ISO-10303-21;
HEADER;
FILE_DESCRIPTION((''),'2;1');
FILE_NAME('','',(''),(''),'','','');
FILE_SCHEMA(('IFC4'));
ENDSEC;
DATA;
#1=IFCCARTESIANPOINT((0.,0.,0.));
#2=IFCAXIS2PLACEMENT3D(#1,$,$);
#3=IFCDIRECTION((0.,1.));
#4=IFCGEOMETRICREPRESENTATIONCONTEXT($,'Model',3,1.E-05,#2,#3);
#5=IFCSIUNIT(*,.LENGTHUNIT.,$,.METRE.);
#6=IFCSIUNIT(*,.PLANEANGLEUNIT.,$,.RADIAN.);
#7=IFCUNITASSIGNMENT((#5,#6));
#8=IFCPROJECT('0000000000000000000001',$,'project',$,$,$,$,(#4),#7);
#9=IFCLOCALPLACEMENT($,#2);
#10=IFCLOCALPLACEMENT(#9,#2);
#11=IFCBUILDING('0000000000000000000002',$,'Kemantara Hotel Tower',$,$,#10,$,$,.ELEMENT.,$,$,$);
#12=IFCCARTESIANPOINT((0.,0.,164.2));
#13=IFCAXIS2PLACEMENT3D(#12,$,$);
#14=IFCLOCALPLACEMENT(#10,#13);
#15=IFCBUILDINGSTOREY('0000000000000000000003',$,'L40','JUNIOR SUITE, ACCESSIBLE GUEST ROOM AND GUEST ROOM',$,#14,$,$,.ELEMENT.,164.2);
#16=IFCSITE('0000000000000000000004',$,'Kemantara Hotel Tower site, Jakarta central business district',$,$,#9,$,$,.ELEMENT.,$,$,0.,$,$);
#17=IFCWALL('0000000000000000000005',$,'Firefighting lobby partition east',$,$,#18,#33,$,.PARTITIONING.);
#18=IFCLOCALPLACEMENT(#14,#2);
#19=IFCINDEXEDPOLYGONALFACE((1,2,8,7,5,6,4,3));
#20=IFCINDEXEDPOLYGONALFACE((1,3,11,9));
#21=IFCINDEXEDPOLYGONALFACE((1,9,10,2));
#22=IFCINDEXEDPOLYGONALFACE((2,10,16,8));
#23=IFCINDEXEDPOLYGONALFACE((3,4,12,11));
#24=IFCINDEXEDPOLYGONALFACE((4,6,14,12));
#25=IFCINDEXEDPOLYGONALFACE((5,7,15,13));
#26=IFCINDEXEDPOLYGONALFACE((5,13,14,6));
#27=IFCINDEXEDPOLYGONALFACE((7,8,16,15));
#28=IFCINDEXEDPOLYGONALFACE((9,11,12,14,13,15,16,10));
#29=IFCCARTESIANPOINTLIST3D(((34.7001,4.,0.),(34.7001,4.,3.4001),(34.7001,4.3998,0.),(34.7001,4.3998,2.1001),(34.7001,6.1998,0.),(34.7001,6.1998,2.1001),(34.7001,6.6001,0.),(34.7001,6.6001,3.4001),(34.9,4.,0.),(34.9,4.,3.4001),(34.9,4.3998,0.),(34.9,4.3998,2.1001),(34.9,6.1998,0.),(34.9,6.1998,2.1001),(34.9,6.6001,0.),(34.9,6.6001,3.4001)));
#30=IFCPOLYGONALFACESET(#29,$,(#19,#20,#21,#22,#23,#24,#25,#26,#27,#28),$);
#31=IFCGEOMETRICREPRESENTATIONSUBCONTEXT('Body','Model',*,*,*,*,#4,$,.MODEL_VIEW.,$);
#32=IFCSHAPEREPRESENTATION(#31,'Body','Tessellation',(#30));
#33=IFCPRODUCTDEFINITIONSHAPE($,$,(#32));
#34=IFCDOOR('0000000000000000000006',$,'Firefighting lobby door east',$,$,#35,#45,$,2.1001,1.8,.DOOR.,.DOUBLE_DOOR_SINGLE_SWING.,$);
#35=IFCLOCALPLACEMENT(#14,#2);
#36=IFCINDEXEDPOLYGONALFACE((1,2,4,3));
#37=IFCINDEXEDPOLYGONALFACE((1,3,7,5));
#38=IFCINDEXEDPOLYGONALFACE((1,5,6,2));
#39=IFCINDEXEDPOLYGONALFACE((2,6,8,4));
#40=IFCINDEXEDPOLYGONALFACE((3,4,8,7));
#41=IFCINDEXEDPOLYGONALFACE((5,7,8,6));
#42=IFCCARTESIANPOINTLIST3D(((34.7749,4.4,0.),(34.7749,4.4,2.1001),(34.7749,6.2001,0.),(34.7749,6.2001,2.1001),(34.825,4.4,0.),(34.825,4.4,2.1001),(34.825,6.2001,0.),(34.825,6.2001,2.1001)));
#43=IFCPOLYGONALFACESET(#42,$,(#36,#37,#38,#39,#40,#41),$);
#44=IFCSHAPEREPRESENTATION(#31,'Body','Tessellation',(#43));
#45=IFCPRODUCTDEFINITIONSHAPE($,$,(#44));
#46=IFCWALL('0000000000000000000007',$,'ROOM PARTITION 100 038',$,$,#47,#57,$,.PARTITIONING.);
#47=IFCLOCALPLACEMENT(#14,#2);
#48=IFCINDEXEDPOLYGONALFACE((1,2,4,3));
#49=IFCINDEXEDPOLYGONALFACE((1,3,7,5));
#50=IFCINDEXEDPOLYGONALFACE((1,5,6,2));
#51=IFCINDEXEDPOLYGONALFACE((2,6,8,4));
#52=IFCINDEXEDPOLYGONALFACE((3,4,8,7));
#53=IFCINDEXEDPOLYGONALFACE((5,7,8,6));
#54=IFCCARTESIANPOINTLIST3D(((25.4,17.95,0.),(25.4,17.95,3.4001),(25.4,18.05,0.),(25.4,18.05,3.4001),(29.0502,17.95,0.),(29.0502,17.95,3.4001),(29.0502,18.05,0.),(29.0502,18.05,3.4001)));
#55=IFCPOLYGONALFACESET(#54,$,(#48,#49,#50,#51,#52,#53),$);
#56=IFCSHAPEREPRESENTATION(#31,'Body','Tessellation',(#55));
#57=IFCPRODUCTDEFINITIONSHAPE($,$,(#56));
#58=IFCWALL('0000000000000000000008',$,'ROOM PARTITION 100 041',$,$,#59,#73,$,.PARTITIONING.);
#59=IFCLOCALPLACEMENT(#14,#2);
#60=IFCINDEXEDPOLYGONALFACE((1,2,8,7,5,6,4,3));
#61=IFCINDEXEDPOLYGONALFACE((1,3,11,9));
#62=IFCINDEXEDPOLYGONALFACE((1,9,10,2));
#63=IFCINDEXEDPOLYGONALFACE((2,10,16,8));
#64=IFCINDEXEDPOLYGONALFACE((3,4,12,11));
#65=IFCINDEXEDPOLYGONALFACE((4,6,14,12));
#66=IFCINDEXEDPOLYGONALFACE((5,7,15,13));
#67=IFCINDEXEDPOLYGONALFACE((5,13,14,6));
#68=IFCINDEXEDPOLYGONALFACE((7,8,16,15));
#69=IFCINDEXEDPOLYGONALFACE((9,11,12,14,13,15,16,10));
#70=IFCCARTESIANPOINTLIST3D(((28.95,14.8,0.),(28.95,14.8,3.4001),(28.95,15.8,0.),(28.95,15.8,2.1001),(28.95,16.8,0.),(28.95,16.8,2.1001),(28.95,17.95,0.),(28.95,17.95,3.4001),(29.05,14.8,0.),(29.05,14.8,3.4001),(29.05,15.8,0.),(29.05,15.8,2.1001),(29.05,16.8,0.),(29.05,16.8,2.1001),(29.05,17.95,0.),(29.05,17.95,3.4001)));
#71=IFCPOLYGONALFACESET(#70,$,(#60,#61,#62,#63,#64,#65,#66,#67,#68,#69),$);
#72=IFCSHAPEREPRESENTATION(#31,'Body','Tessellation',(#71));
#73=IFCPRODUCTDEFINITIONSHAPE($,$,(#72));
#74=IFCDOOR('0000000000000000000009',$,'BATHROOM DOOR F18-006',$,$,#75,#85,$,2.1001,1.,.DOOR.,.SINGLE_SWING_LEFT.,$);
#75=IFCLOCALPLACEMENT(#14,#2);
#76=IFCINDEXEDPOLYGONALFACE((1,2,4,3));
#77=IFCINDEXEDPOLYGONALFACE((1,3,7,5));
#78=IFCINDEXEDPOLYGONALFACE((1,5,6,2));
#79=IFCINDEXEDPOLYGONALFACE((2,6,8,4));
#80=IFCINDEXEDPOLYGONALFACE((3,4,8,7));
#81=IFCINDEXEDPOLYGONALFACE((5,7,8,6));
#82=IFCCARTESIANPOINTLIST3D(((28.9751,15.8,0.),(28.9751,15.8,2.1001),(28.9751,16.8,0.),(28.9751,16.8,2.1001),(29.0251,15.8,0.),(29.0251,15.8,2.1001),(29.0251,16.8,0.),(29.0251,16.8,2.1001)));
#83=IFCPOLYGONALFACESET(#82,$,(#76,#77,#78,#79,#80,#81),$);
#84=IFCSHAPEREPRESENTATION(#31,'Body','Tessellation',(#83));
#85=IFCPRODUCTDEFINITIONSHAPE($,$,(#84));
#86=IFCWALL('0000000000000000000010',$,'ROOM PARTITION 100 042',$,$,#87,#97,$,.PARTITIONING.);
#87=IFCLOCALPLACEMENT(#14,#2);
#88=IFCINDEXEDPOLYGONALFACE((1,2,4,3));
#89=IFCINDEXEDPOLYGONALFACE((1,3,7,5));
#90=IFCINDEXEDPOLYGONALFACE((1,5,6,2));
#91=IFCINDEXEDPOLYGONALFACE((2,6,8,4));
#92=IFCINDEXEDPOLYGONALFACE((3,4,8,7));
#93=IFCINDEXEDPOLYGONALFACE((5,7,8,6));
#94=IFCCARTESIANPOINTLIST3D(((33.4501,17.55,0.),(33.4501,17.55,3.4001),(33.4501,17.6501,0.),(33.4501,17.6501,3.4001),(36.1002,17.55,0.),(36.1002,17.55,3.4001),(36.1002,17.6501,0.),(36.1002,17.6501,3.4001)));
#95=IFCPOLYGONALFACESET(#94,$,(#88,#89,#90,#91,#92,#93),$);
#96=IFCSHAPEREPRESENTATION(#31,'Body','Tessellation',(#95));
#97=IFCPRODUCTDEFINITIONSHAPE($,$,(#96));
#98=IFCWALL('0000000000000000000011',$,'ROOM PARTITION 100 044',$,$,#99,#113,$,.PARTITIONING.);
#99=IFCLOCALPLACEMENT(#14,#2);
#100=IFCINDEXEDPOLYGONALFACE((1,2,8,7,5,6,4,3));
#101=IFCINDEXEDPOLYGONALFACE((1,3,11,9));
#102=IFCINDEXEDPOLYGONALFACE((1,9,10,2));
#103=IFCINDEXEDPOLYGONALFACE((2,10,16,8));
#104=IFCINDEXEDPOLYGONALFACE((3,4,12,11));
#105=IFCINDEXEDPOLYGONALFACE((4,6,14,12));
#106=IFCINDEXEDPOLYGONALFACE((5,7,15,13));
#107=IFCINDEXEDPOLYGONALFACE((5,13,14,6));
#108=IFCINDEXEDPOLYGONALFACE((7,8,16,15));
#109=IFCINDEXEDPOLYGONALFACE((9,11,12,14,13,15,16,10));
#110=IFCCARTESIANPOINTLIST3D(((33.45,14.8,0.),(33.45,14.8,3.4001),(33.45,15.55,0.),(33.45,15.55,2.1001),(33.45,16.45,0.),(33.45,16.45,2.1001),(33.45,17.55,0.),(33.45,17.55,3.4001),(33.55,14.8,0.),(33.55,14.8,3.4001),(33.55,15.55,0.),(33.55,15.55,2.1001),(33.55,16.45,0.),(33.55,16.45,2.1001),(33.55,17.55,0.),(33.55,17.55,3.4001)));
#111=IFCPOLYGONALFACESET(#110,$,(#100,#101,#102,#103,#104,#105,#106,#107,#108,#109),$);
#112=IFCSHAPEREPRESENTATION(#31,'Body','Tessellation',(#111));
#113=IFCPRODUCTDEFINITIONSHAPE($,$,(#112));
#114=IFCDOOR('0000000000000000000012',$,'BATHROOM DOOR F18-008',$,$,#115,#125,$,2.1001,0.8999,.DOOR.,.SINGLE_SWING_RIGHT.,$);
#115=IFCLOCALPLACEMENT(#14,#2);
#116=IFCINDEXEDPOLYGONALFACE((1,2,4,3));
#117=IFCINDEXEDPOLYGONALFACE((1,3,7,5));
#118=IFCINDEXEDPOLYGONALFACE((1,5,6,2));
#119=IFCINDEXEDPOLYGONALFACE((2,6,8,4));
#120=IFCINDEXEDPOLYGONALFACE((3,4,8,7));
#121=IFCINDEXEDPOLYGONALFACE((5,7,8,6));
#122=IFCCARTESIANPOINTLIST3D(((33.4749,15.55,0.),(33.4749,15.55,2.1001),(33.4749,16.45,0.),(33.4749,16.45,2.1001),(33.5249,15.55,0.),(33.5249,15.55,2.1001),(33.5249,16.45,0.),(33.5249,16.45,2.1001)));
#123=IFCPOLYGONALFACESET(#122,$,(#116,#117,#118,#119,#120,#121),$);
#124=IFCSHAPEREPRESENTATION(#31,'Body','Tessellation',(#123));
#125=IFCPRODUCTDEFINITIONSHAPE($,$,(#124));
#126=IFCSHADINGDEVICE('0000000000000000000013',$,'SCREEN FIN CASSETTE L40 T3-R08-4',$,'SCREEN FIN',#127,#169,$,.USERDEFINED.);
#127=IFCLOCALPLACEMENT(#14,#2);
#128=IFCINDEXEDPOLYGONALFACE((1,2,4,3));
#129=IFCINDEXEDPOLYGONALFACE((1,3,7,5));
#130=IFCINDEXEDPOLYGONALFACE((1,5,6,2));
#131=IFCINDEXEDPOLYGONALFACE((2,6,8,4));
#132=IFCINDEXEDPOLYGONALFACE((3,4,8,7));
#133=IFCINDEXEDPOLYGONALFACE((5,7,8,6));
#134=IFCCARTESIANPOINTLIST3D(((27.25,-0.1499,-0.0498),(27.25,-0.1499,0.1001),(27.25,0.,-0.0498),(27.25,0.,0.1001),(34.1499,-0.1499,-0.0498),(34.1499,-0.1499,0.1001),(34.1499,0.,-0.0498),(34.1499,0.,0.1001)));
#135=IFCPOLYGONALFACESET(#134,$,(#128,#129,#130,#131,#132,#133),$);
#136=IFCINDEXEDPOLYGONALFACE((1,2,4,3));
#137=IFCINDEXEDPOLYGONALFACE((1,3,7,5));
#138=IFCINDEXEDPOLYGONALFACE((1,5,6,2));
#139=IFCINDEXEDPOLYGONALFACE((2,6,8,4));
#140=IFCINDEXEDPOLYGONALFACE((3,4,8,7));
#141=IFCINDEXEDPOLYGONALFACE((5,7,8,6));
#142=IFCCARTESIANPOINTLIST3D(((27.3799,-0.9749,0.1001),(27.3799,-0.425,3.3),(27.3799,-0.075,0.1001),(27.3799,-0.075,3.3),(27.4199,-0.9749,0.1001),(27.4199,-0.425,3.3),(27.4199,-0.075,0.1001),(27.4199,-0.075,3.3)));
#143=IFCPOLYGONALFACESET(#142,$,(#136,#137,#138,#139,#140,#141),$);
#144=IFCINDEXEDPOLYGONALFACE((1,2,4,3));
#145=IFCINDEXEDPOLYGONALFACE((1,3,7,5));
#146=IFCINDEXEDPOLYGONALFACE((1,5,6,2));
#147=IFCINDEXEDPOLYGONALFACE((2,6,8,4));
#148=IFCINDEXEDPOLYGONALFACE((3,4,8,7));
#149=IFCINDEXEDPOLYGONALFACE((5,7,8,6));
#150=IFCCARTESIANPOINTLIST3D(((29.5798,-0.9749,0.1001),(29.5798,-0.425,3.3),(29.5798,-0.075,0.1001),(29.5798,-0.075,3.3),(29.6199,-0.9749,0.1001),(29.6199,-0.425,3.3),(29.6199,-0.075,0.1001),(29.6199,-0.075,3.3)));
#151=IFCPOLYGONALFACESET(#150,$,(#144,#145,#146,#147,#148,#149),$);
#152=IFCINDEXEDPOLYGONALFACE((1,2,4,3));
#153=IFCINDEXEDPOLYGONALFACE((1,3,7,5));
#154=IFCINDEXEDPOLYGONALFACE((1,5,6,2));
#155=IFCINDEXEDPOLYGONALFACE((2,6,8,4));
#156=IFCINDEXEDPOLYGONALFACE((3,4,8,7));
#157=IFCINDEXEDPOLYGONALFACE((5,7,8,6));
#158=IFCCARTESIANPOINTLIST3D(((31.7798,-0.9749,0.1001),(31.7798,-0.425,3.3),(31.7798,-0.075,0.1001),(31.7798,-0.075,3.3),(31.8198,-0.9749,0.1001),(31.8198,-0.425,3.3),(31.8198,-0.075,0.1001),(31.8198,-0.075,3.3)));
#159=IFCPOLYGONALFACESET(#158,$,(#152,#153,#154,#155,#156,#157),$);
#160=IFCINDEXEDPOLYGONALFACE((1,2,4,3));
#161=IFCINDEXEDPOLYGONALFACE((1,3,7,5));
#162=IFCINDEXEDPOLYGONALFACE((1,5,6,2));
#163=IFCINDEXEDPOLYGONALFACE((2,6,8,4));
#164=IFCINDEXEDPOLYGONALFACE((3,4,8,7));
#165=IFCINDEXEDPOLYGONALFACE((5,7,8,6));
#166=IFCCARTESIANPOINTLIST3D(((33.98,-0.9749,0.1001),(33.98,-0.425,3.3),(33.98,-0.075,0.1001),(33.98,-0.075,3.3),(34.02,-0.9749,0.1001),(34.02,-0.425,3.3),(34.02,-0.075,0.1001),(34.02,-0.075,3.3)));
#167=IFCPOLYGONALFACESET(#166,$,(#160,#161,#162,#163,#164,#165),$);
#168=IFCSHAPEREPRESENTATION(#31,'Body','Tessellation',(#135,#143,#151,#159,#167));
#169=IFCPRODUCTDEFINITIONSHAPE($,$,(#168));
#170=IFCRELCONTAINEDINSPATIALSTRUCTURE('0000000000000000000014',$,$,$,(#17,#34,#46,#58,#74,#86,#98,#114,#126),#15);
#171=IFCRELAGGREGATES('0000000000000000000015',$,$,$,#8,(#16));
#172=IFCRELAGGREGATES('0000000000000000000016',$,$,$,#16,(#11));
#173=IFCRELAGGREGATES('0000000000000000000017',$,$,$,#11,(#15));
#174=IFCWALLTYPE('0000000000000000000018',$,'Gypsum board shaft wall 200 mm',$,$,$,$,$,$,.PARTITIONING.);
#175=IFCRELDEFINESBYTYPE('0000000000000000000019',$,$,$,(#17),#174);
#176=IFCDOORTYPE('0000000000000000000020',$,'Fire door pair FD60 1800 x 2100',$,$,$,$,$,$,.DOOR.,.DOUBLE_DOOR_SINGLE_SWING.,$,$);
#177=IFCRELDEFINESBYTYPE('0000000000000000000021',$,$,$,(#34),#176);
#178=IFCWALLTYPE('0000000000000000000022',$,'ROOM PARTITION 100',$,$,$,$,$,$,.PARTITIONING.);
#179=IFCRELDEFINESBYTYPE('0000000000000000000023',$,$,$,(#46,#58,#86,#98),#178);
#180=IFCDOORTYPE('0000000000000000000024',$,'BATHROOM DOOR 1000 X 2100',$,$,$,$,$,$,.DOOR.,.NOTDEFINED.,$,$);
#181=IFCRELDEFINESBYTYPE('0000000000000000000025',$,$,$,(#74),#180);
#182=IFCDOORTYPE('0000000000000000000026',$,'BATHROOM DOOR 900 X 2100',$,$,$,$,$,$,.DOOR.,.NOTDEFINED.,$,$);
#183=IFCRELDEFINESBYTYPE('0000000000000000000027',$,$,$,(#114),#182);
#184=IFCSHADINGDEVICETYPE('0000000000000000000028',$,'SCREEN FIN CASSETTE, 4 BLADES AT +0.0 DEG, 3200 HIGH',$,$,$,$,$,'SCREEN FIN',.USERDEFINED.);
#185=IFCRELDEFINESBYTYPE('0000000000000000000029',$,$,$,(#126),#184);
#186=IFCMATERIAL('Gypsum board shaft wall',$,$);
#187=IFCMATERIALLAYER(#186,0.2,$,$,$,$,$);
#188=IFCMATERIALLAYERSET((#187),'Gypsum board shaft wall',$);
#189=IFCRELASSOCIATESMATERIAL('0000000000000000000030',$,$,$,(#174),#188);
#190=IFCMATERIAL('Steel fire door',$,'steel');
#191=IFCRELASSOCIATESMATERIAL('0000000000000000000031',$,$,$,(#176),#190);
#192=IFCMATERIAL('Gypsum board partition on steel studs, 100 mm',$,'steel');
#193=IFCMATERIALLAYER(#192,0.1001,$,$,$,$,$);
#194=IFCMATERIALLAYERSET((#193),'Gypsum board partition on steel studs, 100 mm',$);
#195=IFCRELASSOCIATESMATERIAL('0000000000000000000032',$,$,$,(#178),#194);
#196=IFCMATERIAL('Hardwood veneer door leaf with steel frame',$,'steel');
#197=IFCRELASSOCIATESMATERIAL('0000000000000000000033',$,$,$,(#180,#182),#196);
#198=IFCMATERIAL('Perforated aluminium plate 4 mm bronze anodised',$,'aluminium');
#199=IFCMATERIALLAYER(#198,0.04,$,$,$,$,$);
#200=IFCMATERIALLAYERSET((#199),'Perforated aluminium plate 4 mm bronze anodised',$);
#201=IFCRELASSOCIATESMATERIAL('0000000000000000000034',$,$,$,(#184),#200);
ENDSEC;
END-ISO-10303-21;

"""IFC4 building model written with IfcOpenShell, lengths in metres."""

from ifc_helpers import new_model, si_unit, direction, frame, frame_2d, origin, origin_2d, place, context, subcontext, project, spatial, polyline, rectangle, outline, extrude, source, transform, mapped, material, layer, layer_set, type_object, element, fill, save


model = new_model("IFC4")

# Units and contexts
model_context = context("Model", 3, precision=1e-05, world=origin(), true_north=direction((0.0, 1.0)))
body_context = subcontext(model_context, "Body", "Model", "MODEL_VIEW")
ifc_project = project(units=[si_unit("LENGTHUNIT", "METRE"), si_unit("PLANEANGLEUNIT", "RADIAN")], contexts=[model_context])

# Site, building, storey
site_placement = place(None, origin())
site = spatial("IfcSite", under=ifc_project, at=site_placement, Name="Kemantara Hotel Tower site, Jakarta central business district", CompositionType="ELEMENT", RefElevation=0.0)
building_placement = place(site_placement, origin())
building = spatial("IfcBuilding", under=site, at=building_placement, Name="Kemantara Hotel Tower", CompositionType="ELEMENT")
storey_placement = place(building_placement, frame((0.0, 0.0, 164.2)))
storey = spatial("IfcBuildingStorey", under=building, at=storey_placement, Name="L40", Description="JUNIOR SUITE, ACCESSIBLE GUEST ROOM AND GUEST ROOM", CompositionType="ELEMENT", Elevation=164.2)

# Shared definitions
ifc_material_1 = material(Name="Steel fire door", Category="steel")
ifc_material_2 = material(Name="Hardwood veneer door leaf with steel frame", Category="steel")

# Wall, opening, door
ifc_material_3 = material(Name="Gypsum board shaft wall")
ifc_layer_1 = layer(ifc_material_3, 0.2)
ifc_layer_set_1 = layer_set([ifc_layer_1], Name="Gypsum board shaft wall")
wall_type_1 = type_object("IfcWallType", Name="Gypsum board shaft wall 200 mm", PredefinedType="PARTITIONING", material=ifc_layer_set_1)
wall_1_placement = place(storey_placement, frame((34.8, 4.0, 0.0), z_axis=(0.0, 0.0, 1.0), x_axis=(0.0, 1.0, 0.0)))
wall_1 = element("IfcWall", 1, at=wall_1_placement, inside=storey, type_object=wall_type_1, Name="Firefighting lobby partition east", PredefinedType="PARTITIONING", context=body_context, shape_type="SweptSolid", body=[
    extrude(rectangle(XDim=2.6001, YDim=0.2, at=frame_2d((1.3, 0.0))), origin(), (0.0, 0.0, 1.0), 3.4001),
])
opening_1_placement = place(wall_1_placement, frame((0.3999, 0.0, 0.0)))
opening_1 = element("IfcOpeningElement", 2, at=opening_1_placement, cuts=wall_1, PredefinedType="OPENING", context=body_context, shape_type="SweptSolid", body=[
    extrude(rectangle(XDim=1.8, YDim=2.1001, at=frame_2d((0.8999, 1.05))), frame((0.0, 0.1099, 0.0), z_axis=(0.0, -1.0, 0.0), x_axis=(1.0, 0.0, 0.0)), (0.0, 0.0, 1.0), 0.22),
])
door_type_1 = type_object("IfcDoorType", Name="Fire door pair FD60 1800 x 2100", OperationType="DOUBLE_DOOR_SINGLE_SWING", PredefinedType="DOOR", material=ifc_material_1)
door_1_placement = place(opening_1_placement, frame((1.8, 0.0, 0.0), z_axis=(0.0, 0.0, 1.0), x_axis=(-1.0, 0.0, 0.0)))
door_1 = element("IfcDoor", 3, at=door_1_placement, inside=storey, type_object=door_type_1, Name="Firefighting lobby door east", OperationType="DOUBLE_DOOR_SINGLE_SWING", OverallHeight=2.1001, OverallWidth=1.8, PredefinedType="DOOR", context=body_context, shape_type="SweptSolid", body=[
    extrude(rectangle(XDim=1.8, YDim=2.1001, at=frame_2d((0.8999, 1.05))), frame((0.0, 0.0249, 0.0), z_axis=(0.0, -1.0, 0.0), x_axis=(1.0, 0.0, 0.0)), (0.0, 0.0, 1.0), 0.05),
])
fill(opening_1, door_1)

# Wall
ifc_material_4 = material(Name="Gypsum board partition on steel studs, 100 mm", Category="steel")
ifc_layer_2 = layer(ifc_material_4, 0.1001)
ifc_layer_set_2 = layer_set([ifc_layer_2], Name="Gypsum board partition on steel studs, 100 mm")
wall_type_2 = type_object("IfcWallType", Name="ROOM PARTITION 100", PredefinedType="PARTITIONING", material=ifc_layer_set_2)
wall_2_placement = place(storey_placement, frame((25.3999, 18.0, 0.0), z_axis=(0.0, 0.0, 1.0), x_axis=(1.0, 0.0, 0.0)))
element("IfcWall", 4, at=wall_2_placement, inside=storey, type_object=wall_type_2, Name="ROOM PARTITION 100 038", PredefinedType="PARTITIONING", context=body_context, shape_type="SweptSolid", body=[
    extrude(rectangle(XDim=3.6501, YDim=0.1001, at=frame_2d((1.8252, 0.0))), origin(), (0.0, 0.0, 1.0), 3.4001),
])

# Wall, opening, door
wall_3_placement = place(storey_placement, frame((29.0, 14.8, 0.0), z_axis=(0.0, 0.0, 1.0), x_axis=(0.0, 1.0, 0.0)))
wall_3 = element("IfcWall", 5, at=wall_3_placement, inside=storey, type_object=wall_type_2, Name="ROOM PARTITION 100 041", PredefinedType="PARTITIONING", context=body_context, shape_type="SweptSolid", body=[
    extrude(rectangle(XDim=3.1499, YDim=0.1001, at=frame_2d((1.575, 0.0))), origin(), (0.0, 0.0, 1.0), 3.4001),
])
opening_2_placement = place(wall_3_placement, frame((1.0, 0.0, 0.0)))
opening_2 = element("IfcOpeningElement", 6, at=opening_2_placement, cuts=wall_3, PredefinedType="OPENING", context=body_context, shape_type="SweptSolid", body=[
    extrude(rectangle(XDim=1.0, YDim=2.1001, at=frame_2d((0.5, 1.05))), frame((0.0, 0.0601, 0.0), z_axis=(0.0, -1.0, 0.0), x_axis=(1.0, 0.0, 0.0)), (0.0, 0.0, 1.0), 0.1201),
])
door_type_2 = type_object("IfcDoorType", Name="BATHROOM DOOR 1000 X 2100", OperationType="NOTDEFINED", PredefinedType="DOOR", material=ifc_material_2)
door_2_placement = place(opening_2_placement, origin())
door_2 = element("IfcDoor", 7, at=door_2_placement, inside=storey, type_object=door_type_2, Name="BATHROOM DOOR F18-006", OperationType="SINGLE_SWING_LEFT", OverallHeight=2.1001, OverallWidth=1.0, PredefinedType="DOOR", context=body_context, shape_type="SweptSolid", body=[
    extrude(rectangle(XDim=1.0, YDim=2.1001, at=frame_2d((0.5, 1.05))), frame((0.0, 0.0249, 0.0), z_axis=(0.0, -1.0, 0.0), x_axis=(1.0, 0.0, 0.0)), (0.0, 0.0, 1.0), 0.05),
])
fill(opening_2, door_2)

# Wall
wall_4_placement = place(storey_placement, frame((33.45, 17.6001, 0.0), z_axis=(0.0, 0.0, 1.0), x_axis=(1.0, 0.0, 0.0)))
element("IfcWall", 8, at=wall_4_placement, inside=storey, type_object=wall_type_2, Name="ROOM PARTITION 100 042", PredefinedType="PARTITIONING", context=body_context, shape_type="SweptSolid", body=[
    extrude(rectangle(XDim=2.6501, YDim=0.1001, at=frame_2d((1.3252, 0.0))), origin(), (0.0, 0.0, 1.0), 3.4001),
])

# Wall, opening, door
wall_5_placement = place(storey_placement, frame((33.5, 17.55, 0.0), z_axis=(0.0, 0.0, 1.0), x_axis=(0.0, -1.0, 0.0)))
wall_5 = element("IfcWall", 9, at=wall_5_placement, inside=storey, type_object=wall_type_2, Name="ROOM PARTITION 100 044", PredefinedType="PARTITIONING", context=body_context, shape_type="SweptSolid", body=[
    extrude(rectangle(XDim=2.75, YDim=0.1001, at=frame_2d((1.375, 0.0))), origin(), (0.0, 0.0, 1.0), 3.4001),
])
opening_3_placement = place(wall_5_placement, frame((1.1001, 0.0, 0.0)))
opening_3 = element("IfcOpeningElement", 10, at=opening_3_placement, cuts=wall_5, PredefinedType="OPENING", context=body_context, shape_type="SweptSolid", body=[
    extrude(rectangle(XDim=0.8999, YDim=2.1001, at=frame_2d((0.45, 1.05))), frame((0.0, 0.0601, 0.0), z_axis=(0.0, -1.0, 0.0), x_axis=(1.0, 0.0, 0.0)), (0.0, 0.0, 1.0), 0.1201),
])
door_type_3 = type_object("IfcDoorType", Name="BATHROOM DOOR 900 X 2100", OperationType="NOTDEFINED", PredefinedType="DOOR", material=ifc_material_2)
door_3_placement = place(opening_3_placement, origin())
door_3 = element("IfcDoor", 11, at=door_3_placement, inside=storey, type_object=door_type_3, Name="BATHROOM DOOR F18-008", OperationType="SINGLE_SWING_RIGHT", OverallHeight=2.1001, OverallWidth=0.8999, PredefinedType="DOOR", context=body_context, shape_type="SweptSolid", body=[
    extrude(rectangle(XDim=0.8999, YDim=2.1001, at=frame_2d((0.45, 1.05))), frame((0.0, 0.0249, 0.0), z_axis=(0.0, -1.0, 0.0), x_axis=(1.0, 0.0, 0.0)), (0.0, 0.0, 1.0), 0.05),
])
fill(opening_3, door_3)

# Shading device
ifc_material_5 = material(Name="Perforated aluminium plate 4 mm bronze anodised", Category="aluminium")
ifc_layer_3 = layer(ifc_material_5, 0.04)
ifc_layer_set_3 = layer_set([ifc_layer_3], Name="Perforated aluminium plate 4 mm bronze anodised")
shading_device_type_1 = type_object("IfcShadingDeviceType", Name="SCREEN FIN CASSETTE, 4 BLADES AT +0.0 DEG, 3200 HIGH", ElementType="SCREEN FIN", PredefinedType="USERDEFINED", material=ifc_layer_set_3)
shared_shape_1 = source(origin(), body_context, "Body", "SweptSolid", [
    extrude(rectangle(XDim=6.8999, YDim=0.1499, at=origin_2d()), frame((3.3, -0.075, -0.1499), z_axis=(0.0, 0.0, 1.0), x_axis=(1.0, 0.0, 0.0)), (0.0, 0.0, 1.0), 0.1499),
    extrude(outline(polyline([(0.0, 0.0), (0.8999, 0.0), (0.3501, 3.2), (0.0, 3.2), (0.0, 0.0)])), frame((0.02, -0.075, 0.0), z_axis=(-1.0, 0.0, 0.0), x_axis=(0.0, -1.0, 0.0)), (0.0, 0.0, 1.0), 0.04),
    extrude(outline(polyline([(0.0, 0.0), (0.8999, 0.0), (0.3501, 3.2), (0.0, 3.2), (0.0, 0.0)])), frame((2.22, -0.075, 0.0), z_axis=(-1.0, 0.0, 0.0), x_axis=(0.0, -1.0, 0.0)), (0.0, 0.0, 1.0), 0.04),
    extrude(outline(polyline([(0.0, 0.0), (0.8999, 0.0), (0.3501, 3.2), (0.0, 3.2), (0.0, 0.0)])), frame((4.4199, -0.075, 0.0), z_axis=(-1.0, 0.0, 0.0), x_axis=(0.0, -1.0, 0.0)), (0.0, 0.0, 1.0), 0.04),
    extrude(outline(polyline([(0.0, 0.0), (0.8999, 0.0), (0.3501, 3.2), (0.0, 3.2), (0.0, 0.0)])), frame((6.6201, -0.075, 0.0), z_axis=(-1.0, 0.0, 0.0), x_axis=(0.0, -1.0, 0.0)), (0.0, 0.0, 1.0), 0.04),
])
shading_device_1_placement = place(storey_placement, frame((27.3999, 0.0, 0.1001), z_axis=(0.0, 0.0, 1.0), x_axis=(1.0, 0.0, 0.0)))
element("IfcShadingDevice", 12, at=shading_device_1_placement, inside=storey, type_object=shading_device_type_1, Name="SCREEN FIN CASSETTE L40 T3-R08-4", ObjectType="SCREEN FIN", PredefinedType="USERDEFINED", context=body_context, shape_type="MappedRepresentation", body=[
    mapped(shared_shape_1, transform((0.0, 0.0, 0.0))),
])

save(model, "model.ifc")
